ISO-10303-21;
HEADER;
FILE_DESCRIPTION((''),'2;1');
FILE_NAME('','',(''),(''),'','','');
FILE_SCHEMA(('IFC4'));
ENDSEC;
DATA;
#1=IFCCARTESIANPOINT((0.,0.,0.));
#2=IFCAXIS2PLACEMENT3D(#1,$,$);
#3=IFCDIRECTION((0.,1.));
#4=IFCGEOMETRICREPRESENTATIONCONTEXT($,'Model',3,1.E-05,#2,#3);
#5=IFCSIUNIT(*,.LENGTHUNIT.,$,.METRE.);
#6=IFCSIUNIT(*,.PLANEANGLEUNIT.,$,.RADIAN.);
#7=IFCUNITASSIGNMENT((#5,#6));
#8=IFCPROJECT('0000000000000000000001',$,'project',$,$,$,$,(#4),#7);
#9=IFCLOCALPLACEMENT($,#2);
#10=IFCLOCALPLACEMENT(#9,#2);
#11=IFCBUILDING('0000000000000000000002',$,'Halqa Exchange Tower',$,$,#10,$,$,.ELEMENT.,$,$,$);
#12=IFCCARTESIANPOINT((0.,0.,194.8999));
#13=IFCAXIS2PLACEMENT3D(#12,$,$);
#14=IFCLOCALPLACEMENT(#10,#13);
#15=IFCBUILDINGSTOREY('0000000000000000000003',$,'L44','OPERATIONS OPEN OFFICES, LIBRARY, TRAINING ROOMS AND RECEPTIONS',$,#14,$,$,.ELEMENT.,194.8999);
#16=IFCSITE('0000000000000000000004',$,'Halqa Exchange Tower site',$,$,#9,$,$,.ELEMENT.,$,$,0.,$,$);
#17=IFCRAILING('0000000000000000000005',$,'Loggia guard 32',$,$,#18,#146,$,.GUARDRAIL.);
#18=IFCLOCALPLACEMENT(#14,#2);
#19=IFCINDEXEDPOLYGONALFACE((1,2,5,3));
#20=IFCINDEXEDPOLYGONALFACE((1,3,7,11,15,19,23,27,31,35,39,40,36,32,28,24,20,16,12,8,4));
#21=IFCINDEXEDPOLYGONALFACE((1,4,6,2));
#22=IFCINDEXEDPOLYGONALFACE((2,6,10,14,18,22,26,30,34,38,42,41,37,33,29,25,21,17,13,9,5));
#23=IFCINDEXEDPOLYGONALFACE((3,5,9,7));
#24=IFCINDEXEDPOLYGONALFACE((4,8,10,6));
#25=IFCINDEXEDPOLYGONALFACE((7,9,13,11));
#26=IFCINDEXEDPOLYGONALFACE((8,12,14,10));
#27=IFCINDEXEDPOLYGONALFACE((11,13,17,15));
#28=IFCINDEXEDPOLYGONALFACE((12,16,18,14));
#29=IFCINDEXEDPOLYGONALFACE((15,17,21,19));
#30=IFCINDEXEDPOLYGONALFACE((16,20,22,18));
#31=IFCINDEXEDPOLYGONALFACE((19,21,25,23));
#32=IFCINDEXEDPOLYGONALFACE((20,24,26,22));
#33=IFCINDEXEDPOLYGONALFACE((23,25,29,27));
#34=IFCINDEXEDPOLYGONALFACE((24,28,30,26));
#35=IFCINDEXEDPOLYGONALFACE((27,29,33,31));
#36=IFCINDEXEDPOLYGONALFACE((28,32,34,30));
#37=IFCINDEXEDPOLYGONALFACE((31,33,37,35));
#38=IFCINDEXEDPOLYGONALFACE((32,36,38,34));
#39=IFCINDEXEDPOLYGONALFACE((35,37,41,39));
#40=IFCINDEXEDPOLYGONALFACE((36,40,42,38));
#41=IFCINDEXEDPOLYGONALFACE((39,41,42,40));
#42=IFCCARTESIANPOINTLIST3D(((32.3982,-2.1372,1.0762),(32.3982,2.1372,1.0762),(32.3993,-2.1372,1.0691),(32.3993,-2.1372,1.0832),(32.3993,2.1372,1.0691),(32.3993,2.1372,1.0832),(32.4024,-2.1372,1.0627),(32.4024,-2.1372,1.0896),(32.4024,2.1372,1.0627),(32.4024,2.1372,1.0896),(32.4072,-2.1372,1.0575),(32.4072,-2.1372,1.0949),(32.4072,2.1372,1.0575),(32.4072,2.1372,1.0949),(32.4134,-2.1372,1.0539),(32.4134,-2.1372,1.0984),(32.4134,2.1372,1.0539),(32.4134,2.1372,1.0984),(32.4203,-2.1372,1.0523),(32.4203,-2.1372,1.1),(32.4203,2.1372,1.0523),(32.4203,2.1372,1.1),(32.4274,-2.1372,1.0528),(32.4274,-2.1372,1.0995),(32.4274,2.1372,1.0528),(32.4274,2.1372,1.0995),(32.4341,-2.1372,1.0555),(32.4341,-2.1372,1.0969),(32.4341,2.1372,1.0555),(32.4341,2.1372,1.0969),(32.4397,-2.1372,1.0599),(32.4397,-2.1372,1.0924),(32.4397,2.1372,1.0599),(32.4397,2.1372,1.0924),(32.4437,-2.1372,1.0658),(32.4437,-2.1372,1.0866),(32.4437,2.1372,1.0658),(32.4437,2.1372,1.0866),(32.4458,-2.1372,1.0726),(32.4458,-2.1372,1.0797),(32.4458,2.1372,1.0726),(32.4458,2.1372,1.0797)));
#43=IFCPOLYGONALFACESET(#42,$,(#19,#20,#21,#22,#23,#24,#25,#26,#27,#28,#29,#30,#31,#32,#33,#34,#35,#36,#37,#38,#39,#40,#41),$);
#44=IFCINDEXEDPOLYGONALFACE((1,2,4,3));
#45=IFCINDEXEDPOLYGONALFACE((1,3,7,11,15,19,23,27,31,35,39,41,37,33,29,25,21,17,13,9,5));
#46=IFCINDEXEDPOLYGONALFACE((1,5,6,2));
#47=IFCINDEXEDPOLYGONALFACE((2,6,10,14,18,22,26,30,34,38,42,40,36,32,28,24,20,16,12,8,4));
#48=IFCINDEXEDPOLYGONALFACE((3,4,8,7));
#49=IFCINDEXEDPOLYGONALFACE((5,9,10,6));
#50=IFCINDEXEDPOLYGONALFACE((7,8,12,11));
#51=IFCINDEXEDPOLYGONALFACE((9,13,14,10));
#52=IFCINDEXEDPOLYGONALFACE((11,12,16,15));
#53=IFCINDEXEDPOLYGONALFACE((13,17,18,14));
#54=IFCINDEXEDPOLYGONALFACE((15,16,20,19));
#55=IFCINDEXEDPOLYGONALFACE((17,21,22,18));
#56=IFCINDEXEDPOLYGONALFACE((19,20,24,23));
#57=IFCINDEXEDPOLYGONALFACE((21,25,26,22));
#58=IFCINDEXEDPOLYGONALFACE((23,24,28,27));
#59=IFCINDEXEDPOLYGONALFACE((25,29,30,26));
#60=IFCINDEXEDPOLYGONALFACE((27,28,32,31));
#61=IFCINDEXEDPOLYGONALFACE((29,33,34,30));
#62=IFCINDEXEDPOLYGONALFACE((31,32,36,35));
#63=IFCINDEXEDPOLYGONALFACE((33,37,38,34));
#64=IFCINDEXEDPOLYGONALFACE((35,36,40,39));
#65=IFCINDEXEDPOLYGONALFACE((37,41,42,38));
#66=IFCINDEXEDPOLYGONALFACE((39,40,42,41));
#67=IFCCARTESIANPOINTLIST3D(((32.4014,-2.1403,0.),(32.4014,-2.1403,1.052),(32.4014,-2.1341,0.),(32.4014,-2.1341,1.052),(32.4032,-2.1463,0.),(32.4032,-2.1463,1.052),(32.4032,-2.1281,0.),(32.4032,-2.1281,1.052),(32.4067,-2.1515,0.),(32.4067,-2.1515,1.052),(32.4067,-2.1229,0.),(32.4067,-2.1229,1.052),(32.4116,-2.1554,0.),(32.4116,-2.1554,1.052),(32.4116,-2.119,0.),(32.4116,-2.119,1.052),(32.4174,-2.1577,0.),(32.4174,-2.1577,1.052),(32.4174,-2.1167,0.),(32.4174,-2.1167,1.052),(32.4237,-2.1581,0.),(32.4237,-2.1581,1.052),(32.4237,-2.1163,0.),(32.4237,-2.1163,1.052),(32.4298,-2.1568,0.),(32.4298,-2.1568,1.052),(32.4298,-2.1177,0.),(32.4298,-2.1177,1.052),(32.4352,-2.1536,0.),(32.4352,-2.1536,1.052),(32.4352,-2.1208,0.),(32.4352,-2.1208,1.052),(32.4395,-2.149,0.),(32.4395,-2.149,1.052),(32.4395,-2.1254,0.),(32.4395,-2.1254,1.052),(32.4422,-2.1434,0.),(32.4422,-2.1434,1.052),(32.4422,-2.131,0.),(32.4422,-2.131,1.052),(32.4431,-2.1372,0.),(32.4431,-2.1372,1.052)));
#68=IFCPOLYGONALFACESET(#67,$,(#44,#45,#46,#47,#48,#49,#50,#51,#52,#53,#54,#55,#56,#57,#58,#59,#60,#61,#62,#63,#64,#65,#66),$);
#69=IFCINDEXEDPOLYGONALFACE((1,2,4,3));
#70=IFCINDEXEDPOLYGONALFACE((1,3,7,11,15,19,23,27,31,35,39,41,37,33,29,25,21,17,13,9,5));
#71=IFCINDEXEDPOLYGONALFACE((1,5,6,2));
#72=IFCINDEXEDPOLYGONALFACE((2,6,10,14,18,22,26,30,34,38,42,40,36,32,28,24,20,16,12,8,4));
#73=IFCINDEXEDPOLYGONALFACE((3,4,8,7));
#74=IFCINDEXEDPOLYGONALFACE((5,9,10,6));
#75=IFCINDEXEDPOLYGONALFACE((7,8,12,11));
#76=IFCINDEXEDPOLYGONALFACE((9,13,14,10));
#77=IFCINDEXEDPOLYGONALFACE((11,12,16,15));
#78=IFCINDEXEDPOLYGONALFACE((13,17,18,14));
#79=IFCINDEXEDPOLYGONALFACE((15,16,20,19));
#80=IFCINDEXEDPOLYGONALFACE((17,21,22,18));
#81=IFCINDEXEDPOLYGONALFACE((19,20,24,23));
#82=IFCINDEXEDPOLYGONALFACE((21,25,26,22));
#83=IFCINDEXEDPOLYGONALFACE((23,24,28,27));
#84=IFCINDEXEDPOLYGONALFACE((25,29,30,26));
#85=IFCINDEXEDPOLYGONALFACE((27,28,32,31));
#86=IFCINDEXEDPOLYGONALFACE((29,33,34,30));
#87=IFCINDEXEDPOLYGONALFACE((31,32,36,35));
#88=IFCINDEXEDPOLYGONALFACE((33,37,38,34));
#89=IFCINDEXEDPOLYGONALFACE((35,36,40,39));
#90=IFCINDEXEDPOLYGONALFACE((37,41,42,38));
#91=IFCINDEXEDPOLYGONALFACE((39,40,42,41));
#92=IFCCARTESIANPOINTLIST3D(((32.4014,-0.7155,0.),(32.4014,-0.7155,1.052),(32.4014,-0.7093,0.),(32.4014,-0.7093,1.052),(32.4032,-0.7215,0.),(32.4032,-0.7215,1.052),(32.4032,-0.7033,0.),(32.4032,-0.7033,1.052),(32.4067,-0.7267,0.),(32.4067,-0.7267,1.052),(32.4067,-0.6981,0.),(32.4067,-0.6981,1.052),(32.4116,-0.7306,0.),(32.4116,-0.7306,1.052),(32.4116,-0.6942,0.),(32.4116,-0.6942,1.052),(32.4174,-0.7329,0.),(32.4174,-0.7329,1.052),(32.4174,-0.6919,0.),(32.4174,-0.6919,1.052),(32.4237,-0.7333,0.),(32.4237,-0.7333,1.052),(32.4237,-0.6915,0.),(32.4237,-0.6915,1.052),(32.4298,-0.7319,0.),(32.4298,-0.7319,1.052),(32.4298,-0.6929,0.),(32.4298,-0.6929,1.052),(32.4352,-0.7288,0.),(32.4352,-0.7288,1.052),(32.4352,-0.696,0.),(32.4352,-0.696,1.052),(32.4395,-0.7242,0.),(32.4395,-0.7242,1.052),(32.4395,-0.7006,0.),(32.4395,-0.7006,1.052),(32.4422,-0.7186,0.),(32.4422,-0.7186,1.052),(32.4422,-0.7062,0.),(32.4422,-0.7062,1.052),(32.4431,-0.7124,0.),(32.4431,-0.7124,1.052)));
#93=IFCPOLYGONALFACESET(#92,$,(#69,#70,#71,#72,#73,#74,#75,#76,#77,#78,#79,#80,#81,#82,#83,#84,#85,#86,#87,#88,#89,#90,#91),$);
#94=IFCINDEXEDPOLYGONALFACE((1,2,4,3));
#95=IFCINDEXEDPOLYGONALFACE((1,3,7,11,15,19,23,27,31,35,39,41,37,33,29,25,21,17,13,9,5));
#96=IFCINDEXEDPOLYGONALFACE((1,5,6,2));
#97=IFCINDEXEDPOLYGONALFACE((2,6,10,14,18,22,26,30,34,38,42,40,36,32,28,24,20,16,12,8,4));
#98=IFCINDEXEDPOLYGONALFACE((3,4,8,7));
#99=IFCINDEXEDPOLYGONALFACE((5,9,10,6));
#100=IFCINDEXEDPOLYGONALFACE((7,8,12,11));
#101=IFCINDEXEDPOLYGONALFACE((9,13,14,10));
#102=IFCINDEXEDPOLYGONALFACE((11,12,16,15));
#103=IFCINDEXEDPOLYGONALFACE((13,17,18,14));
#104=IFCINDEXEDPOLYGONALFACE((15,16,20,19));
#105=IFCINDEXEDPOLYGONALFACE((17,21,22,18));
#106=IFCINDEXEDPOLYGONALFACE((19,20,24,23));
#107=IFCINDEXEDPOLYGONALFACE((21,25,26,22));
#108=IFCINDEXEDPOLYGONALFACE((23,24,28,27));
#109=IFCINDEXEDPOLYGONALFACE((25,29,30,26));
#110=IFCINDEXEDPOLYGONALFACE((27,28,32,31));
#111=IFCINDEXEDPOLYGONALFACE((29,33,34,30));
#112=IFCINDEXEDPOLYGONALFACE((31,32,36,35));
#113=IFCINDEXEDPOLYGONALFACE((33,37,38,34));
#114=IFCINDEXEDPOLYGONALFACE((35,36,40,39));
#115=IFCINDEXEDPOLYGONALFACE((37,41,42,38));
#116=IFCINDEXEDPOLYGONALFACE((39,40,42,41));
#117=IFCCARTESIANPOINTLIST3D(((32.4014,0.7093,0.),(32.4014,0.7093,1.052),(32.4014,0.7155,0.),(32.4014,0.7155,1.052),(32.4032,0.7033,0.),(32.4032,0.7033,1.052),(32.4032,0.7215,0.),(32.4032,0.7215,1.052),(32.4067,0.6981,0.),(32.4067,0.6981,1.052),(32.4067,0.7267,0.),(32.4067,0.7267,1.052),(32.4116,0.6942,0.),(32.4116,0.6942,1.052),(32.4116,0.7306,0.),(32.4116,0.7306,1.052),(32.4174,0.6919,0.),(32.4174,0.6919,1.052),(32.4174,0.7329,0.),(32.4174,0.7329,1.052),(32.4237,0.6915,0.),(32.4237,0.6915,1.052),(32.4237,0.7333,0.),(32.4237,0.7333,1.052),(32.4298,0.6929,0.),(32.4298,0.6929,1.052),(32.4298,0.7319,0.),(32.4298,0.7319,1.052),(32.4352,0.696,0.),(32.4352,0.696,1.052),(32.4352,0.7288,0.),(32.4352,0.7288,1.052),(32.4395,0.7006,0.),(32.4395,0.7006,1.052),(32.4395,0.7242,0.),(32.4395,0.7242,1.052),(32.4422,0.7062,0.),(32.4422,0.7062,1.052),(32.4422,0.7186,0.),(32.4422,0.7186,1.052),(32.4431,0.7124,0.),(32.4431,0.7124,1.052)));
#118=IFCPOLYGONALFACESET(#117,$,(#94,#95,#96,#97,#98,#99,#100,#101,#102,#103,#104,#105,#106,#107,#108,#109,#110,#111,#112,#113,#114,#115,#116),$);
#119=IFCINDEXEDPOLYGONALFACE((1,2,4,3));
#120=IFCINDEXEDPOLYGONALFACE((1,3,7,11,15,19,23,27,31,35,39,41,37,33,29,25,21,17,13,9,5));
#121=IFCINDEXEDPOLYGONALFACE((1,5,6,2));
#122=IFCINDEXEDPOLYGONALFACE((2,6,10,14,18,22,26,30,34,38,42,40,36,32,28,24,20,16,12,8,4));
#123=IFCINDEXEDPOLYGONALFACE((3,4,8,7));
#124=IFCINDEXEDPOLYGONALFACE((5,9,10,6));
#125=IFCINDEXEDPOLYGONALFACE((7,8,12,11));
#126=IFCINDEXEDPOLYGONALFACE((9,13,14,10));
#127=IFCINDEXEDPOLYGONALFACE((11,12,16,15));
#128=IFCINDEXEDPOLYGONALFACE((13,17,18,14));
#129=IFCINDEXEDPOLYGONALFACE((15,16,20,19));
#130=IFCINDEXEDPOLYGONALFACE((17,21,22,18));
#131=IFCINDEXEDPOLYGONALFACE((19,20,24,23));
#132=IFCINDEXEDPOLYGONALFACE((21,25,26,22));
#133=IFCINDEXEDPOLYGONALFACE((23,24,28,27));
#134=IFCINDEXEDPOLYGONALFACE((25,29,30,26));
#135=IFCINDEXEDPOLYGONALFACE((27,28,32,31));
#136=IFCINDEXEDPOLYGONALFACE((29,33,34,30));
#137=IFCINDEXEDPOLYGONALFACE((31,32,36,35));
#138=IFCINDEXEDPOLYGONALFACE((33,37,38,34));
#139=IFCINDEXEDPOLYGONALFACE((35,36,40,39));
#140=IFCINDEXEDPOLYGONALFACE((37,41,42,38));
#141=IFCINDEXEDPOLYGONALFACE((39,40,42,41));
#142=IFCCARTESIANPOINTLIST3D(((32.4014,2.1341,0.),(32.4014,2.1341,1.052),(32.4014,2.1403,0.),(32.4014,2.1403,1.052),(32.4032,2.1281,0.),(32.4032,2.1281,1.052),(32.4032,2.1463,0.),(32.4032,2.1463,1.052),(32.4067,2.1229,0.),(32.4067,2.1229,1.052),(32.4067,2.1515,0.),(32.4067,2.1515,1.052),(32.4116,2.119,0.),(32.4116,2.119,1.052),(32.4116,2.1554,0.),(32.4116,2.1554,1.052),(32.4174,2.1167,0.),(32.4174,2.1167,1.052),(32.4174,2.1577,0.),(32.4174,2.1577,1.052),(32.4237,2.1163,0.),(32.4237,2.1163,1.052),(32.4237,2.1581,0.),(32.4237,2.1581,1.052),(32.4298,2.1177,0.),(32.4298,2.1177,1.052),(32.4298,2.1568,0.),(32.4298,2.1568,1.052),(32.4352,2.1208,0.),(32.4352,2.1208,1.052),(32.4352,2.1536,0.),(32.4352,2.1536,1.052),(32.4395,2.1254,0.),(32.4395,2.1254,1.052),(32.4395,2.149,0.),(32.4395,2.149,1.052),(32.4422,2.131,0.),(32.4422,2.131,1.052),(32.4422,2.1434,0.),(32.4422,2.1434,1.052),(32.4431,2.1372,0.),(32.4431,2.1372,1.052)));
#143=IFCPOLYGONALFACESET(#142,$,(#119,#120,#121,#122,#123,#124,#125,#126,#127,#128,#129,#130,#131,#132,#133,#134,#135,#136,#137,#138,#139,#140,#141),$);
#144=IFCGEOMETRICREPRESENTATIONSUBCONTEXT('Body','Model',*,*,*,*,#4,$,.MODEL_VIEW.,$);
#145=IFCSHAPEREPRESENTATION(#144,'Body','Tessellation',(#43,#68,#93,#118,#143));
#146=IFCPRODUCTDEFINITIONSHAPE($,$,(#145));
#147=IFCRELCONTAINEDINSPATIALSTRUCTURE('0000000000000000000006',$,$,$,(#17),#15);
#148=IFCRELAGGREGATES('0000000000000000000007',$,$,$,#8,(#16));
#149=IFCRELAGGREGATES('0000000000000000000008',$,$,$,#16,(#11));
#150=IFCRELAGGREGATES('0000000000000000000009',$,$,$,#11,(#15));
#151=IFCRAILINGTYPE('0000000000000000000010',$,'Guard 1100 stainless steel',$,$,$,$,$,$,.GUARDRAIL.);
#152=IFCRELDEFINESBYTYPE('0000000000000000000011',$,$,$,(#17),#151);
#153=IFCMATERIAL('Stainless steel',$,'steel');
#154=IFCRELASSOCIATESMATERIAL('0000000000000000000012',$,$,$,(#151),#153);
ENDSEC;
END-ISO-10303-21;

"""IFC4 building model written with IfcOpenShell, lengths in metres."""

from ifc_helpers import new_model, si_unit, direction, frame, origin, origin_2d, place, context, subcontext, project, spatial, circle, extrude, material, type_object, element, save


model = new_model("IFC4")

# Units and contexts
model_context = context("Model", 3, precision=1e-05, world=origin(), true_north=direction((0.0, 1.0)))
body_context = subcontext(model_context, "Body", "Model", "MODEL_VIEW")
ifc_project = project(units=[si_unit("LENGTHUNIT", "METRE"), si_unit("PLANEANGLEUNIT", "RADIAN")], contexts=[model_context])

# Site, building, storey
site_placement = place(None, origin())
site = spatial("IfcSite", under=ifc_project, at=site_placement, Name="Halqa Exchange Tower site", CompositionType="ELEMENT", RefElevation=0.0)
building_placement = place(site_placement, origin())
building = spatial("IfcBuilding", under=site, at=building_placement, Name="Halqa Exchange Tower", CompositionType="ELEMENT")
storey_placement = place(building_placement, frame((0.0, 0.0, 194.8999)))
storey = spatial("IfcBuildingStorey", under=building, at=storey_placement, Name="L44", Description="OPERATIONS OPEN OFFICES, LIBRARY, TRAINING ROOMS AND RECEPTIONS", CompositionType="ELEMENT", Elevation=194.8999)

# Railing
ifc_material_1 = material(Name="Stainless steel", Category="steel")
railing_type = type_object("IfcRailingType", Name="Guard 1100 stainless steel", PredefinedType="GUARDRAIL", material=ifc_material_1)
railing_1_placement = place(storey_placement, frame((32.4221, -2.1372, 0.0)))
element("IfcRailing", 1, at=railing_1_placement, inside=storey, type_object=railing_type, Name="Loggia guard 32", PredefinedType="GUARDRAIL", context=body_context, shape_type="SweptSolid", body=[
    extrude(circle(Radius=0.0239, at=origin_2d()), frame((0.0, 0.0, 1.0762), z_axis=(0.0, 1.0, 0.0), x_axis=(-1.0, 0.0, 0.0)), (0.0, 0.0, 1.0), 4.2744),
    extrude(circle(Radius=0.021, at=origin_2d()), origin(), (0.0, 0.0, 1.0), 1.052),
    extrude(circle(Radius=0.021, at=origin_2d()), frame((0.0, 1.4248, 0.0)), (0.0, 0.0, 1.0), 1.052),
    extrude(circle(Radius=0.021, at=origin_2d()), frame((0.0, 2.8496, 0.0)), (0.0, 0.0, 1.0), 1.052),
    extrude(circle(Radius=0.021, at=origin_2d()), frame((0.0, 4.2744, 0.0)), (0.0, 0.0, 1.0), 1.052),
])

save(model, "model.ifc")
